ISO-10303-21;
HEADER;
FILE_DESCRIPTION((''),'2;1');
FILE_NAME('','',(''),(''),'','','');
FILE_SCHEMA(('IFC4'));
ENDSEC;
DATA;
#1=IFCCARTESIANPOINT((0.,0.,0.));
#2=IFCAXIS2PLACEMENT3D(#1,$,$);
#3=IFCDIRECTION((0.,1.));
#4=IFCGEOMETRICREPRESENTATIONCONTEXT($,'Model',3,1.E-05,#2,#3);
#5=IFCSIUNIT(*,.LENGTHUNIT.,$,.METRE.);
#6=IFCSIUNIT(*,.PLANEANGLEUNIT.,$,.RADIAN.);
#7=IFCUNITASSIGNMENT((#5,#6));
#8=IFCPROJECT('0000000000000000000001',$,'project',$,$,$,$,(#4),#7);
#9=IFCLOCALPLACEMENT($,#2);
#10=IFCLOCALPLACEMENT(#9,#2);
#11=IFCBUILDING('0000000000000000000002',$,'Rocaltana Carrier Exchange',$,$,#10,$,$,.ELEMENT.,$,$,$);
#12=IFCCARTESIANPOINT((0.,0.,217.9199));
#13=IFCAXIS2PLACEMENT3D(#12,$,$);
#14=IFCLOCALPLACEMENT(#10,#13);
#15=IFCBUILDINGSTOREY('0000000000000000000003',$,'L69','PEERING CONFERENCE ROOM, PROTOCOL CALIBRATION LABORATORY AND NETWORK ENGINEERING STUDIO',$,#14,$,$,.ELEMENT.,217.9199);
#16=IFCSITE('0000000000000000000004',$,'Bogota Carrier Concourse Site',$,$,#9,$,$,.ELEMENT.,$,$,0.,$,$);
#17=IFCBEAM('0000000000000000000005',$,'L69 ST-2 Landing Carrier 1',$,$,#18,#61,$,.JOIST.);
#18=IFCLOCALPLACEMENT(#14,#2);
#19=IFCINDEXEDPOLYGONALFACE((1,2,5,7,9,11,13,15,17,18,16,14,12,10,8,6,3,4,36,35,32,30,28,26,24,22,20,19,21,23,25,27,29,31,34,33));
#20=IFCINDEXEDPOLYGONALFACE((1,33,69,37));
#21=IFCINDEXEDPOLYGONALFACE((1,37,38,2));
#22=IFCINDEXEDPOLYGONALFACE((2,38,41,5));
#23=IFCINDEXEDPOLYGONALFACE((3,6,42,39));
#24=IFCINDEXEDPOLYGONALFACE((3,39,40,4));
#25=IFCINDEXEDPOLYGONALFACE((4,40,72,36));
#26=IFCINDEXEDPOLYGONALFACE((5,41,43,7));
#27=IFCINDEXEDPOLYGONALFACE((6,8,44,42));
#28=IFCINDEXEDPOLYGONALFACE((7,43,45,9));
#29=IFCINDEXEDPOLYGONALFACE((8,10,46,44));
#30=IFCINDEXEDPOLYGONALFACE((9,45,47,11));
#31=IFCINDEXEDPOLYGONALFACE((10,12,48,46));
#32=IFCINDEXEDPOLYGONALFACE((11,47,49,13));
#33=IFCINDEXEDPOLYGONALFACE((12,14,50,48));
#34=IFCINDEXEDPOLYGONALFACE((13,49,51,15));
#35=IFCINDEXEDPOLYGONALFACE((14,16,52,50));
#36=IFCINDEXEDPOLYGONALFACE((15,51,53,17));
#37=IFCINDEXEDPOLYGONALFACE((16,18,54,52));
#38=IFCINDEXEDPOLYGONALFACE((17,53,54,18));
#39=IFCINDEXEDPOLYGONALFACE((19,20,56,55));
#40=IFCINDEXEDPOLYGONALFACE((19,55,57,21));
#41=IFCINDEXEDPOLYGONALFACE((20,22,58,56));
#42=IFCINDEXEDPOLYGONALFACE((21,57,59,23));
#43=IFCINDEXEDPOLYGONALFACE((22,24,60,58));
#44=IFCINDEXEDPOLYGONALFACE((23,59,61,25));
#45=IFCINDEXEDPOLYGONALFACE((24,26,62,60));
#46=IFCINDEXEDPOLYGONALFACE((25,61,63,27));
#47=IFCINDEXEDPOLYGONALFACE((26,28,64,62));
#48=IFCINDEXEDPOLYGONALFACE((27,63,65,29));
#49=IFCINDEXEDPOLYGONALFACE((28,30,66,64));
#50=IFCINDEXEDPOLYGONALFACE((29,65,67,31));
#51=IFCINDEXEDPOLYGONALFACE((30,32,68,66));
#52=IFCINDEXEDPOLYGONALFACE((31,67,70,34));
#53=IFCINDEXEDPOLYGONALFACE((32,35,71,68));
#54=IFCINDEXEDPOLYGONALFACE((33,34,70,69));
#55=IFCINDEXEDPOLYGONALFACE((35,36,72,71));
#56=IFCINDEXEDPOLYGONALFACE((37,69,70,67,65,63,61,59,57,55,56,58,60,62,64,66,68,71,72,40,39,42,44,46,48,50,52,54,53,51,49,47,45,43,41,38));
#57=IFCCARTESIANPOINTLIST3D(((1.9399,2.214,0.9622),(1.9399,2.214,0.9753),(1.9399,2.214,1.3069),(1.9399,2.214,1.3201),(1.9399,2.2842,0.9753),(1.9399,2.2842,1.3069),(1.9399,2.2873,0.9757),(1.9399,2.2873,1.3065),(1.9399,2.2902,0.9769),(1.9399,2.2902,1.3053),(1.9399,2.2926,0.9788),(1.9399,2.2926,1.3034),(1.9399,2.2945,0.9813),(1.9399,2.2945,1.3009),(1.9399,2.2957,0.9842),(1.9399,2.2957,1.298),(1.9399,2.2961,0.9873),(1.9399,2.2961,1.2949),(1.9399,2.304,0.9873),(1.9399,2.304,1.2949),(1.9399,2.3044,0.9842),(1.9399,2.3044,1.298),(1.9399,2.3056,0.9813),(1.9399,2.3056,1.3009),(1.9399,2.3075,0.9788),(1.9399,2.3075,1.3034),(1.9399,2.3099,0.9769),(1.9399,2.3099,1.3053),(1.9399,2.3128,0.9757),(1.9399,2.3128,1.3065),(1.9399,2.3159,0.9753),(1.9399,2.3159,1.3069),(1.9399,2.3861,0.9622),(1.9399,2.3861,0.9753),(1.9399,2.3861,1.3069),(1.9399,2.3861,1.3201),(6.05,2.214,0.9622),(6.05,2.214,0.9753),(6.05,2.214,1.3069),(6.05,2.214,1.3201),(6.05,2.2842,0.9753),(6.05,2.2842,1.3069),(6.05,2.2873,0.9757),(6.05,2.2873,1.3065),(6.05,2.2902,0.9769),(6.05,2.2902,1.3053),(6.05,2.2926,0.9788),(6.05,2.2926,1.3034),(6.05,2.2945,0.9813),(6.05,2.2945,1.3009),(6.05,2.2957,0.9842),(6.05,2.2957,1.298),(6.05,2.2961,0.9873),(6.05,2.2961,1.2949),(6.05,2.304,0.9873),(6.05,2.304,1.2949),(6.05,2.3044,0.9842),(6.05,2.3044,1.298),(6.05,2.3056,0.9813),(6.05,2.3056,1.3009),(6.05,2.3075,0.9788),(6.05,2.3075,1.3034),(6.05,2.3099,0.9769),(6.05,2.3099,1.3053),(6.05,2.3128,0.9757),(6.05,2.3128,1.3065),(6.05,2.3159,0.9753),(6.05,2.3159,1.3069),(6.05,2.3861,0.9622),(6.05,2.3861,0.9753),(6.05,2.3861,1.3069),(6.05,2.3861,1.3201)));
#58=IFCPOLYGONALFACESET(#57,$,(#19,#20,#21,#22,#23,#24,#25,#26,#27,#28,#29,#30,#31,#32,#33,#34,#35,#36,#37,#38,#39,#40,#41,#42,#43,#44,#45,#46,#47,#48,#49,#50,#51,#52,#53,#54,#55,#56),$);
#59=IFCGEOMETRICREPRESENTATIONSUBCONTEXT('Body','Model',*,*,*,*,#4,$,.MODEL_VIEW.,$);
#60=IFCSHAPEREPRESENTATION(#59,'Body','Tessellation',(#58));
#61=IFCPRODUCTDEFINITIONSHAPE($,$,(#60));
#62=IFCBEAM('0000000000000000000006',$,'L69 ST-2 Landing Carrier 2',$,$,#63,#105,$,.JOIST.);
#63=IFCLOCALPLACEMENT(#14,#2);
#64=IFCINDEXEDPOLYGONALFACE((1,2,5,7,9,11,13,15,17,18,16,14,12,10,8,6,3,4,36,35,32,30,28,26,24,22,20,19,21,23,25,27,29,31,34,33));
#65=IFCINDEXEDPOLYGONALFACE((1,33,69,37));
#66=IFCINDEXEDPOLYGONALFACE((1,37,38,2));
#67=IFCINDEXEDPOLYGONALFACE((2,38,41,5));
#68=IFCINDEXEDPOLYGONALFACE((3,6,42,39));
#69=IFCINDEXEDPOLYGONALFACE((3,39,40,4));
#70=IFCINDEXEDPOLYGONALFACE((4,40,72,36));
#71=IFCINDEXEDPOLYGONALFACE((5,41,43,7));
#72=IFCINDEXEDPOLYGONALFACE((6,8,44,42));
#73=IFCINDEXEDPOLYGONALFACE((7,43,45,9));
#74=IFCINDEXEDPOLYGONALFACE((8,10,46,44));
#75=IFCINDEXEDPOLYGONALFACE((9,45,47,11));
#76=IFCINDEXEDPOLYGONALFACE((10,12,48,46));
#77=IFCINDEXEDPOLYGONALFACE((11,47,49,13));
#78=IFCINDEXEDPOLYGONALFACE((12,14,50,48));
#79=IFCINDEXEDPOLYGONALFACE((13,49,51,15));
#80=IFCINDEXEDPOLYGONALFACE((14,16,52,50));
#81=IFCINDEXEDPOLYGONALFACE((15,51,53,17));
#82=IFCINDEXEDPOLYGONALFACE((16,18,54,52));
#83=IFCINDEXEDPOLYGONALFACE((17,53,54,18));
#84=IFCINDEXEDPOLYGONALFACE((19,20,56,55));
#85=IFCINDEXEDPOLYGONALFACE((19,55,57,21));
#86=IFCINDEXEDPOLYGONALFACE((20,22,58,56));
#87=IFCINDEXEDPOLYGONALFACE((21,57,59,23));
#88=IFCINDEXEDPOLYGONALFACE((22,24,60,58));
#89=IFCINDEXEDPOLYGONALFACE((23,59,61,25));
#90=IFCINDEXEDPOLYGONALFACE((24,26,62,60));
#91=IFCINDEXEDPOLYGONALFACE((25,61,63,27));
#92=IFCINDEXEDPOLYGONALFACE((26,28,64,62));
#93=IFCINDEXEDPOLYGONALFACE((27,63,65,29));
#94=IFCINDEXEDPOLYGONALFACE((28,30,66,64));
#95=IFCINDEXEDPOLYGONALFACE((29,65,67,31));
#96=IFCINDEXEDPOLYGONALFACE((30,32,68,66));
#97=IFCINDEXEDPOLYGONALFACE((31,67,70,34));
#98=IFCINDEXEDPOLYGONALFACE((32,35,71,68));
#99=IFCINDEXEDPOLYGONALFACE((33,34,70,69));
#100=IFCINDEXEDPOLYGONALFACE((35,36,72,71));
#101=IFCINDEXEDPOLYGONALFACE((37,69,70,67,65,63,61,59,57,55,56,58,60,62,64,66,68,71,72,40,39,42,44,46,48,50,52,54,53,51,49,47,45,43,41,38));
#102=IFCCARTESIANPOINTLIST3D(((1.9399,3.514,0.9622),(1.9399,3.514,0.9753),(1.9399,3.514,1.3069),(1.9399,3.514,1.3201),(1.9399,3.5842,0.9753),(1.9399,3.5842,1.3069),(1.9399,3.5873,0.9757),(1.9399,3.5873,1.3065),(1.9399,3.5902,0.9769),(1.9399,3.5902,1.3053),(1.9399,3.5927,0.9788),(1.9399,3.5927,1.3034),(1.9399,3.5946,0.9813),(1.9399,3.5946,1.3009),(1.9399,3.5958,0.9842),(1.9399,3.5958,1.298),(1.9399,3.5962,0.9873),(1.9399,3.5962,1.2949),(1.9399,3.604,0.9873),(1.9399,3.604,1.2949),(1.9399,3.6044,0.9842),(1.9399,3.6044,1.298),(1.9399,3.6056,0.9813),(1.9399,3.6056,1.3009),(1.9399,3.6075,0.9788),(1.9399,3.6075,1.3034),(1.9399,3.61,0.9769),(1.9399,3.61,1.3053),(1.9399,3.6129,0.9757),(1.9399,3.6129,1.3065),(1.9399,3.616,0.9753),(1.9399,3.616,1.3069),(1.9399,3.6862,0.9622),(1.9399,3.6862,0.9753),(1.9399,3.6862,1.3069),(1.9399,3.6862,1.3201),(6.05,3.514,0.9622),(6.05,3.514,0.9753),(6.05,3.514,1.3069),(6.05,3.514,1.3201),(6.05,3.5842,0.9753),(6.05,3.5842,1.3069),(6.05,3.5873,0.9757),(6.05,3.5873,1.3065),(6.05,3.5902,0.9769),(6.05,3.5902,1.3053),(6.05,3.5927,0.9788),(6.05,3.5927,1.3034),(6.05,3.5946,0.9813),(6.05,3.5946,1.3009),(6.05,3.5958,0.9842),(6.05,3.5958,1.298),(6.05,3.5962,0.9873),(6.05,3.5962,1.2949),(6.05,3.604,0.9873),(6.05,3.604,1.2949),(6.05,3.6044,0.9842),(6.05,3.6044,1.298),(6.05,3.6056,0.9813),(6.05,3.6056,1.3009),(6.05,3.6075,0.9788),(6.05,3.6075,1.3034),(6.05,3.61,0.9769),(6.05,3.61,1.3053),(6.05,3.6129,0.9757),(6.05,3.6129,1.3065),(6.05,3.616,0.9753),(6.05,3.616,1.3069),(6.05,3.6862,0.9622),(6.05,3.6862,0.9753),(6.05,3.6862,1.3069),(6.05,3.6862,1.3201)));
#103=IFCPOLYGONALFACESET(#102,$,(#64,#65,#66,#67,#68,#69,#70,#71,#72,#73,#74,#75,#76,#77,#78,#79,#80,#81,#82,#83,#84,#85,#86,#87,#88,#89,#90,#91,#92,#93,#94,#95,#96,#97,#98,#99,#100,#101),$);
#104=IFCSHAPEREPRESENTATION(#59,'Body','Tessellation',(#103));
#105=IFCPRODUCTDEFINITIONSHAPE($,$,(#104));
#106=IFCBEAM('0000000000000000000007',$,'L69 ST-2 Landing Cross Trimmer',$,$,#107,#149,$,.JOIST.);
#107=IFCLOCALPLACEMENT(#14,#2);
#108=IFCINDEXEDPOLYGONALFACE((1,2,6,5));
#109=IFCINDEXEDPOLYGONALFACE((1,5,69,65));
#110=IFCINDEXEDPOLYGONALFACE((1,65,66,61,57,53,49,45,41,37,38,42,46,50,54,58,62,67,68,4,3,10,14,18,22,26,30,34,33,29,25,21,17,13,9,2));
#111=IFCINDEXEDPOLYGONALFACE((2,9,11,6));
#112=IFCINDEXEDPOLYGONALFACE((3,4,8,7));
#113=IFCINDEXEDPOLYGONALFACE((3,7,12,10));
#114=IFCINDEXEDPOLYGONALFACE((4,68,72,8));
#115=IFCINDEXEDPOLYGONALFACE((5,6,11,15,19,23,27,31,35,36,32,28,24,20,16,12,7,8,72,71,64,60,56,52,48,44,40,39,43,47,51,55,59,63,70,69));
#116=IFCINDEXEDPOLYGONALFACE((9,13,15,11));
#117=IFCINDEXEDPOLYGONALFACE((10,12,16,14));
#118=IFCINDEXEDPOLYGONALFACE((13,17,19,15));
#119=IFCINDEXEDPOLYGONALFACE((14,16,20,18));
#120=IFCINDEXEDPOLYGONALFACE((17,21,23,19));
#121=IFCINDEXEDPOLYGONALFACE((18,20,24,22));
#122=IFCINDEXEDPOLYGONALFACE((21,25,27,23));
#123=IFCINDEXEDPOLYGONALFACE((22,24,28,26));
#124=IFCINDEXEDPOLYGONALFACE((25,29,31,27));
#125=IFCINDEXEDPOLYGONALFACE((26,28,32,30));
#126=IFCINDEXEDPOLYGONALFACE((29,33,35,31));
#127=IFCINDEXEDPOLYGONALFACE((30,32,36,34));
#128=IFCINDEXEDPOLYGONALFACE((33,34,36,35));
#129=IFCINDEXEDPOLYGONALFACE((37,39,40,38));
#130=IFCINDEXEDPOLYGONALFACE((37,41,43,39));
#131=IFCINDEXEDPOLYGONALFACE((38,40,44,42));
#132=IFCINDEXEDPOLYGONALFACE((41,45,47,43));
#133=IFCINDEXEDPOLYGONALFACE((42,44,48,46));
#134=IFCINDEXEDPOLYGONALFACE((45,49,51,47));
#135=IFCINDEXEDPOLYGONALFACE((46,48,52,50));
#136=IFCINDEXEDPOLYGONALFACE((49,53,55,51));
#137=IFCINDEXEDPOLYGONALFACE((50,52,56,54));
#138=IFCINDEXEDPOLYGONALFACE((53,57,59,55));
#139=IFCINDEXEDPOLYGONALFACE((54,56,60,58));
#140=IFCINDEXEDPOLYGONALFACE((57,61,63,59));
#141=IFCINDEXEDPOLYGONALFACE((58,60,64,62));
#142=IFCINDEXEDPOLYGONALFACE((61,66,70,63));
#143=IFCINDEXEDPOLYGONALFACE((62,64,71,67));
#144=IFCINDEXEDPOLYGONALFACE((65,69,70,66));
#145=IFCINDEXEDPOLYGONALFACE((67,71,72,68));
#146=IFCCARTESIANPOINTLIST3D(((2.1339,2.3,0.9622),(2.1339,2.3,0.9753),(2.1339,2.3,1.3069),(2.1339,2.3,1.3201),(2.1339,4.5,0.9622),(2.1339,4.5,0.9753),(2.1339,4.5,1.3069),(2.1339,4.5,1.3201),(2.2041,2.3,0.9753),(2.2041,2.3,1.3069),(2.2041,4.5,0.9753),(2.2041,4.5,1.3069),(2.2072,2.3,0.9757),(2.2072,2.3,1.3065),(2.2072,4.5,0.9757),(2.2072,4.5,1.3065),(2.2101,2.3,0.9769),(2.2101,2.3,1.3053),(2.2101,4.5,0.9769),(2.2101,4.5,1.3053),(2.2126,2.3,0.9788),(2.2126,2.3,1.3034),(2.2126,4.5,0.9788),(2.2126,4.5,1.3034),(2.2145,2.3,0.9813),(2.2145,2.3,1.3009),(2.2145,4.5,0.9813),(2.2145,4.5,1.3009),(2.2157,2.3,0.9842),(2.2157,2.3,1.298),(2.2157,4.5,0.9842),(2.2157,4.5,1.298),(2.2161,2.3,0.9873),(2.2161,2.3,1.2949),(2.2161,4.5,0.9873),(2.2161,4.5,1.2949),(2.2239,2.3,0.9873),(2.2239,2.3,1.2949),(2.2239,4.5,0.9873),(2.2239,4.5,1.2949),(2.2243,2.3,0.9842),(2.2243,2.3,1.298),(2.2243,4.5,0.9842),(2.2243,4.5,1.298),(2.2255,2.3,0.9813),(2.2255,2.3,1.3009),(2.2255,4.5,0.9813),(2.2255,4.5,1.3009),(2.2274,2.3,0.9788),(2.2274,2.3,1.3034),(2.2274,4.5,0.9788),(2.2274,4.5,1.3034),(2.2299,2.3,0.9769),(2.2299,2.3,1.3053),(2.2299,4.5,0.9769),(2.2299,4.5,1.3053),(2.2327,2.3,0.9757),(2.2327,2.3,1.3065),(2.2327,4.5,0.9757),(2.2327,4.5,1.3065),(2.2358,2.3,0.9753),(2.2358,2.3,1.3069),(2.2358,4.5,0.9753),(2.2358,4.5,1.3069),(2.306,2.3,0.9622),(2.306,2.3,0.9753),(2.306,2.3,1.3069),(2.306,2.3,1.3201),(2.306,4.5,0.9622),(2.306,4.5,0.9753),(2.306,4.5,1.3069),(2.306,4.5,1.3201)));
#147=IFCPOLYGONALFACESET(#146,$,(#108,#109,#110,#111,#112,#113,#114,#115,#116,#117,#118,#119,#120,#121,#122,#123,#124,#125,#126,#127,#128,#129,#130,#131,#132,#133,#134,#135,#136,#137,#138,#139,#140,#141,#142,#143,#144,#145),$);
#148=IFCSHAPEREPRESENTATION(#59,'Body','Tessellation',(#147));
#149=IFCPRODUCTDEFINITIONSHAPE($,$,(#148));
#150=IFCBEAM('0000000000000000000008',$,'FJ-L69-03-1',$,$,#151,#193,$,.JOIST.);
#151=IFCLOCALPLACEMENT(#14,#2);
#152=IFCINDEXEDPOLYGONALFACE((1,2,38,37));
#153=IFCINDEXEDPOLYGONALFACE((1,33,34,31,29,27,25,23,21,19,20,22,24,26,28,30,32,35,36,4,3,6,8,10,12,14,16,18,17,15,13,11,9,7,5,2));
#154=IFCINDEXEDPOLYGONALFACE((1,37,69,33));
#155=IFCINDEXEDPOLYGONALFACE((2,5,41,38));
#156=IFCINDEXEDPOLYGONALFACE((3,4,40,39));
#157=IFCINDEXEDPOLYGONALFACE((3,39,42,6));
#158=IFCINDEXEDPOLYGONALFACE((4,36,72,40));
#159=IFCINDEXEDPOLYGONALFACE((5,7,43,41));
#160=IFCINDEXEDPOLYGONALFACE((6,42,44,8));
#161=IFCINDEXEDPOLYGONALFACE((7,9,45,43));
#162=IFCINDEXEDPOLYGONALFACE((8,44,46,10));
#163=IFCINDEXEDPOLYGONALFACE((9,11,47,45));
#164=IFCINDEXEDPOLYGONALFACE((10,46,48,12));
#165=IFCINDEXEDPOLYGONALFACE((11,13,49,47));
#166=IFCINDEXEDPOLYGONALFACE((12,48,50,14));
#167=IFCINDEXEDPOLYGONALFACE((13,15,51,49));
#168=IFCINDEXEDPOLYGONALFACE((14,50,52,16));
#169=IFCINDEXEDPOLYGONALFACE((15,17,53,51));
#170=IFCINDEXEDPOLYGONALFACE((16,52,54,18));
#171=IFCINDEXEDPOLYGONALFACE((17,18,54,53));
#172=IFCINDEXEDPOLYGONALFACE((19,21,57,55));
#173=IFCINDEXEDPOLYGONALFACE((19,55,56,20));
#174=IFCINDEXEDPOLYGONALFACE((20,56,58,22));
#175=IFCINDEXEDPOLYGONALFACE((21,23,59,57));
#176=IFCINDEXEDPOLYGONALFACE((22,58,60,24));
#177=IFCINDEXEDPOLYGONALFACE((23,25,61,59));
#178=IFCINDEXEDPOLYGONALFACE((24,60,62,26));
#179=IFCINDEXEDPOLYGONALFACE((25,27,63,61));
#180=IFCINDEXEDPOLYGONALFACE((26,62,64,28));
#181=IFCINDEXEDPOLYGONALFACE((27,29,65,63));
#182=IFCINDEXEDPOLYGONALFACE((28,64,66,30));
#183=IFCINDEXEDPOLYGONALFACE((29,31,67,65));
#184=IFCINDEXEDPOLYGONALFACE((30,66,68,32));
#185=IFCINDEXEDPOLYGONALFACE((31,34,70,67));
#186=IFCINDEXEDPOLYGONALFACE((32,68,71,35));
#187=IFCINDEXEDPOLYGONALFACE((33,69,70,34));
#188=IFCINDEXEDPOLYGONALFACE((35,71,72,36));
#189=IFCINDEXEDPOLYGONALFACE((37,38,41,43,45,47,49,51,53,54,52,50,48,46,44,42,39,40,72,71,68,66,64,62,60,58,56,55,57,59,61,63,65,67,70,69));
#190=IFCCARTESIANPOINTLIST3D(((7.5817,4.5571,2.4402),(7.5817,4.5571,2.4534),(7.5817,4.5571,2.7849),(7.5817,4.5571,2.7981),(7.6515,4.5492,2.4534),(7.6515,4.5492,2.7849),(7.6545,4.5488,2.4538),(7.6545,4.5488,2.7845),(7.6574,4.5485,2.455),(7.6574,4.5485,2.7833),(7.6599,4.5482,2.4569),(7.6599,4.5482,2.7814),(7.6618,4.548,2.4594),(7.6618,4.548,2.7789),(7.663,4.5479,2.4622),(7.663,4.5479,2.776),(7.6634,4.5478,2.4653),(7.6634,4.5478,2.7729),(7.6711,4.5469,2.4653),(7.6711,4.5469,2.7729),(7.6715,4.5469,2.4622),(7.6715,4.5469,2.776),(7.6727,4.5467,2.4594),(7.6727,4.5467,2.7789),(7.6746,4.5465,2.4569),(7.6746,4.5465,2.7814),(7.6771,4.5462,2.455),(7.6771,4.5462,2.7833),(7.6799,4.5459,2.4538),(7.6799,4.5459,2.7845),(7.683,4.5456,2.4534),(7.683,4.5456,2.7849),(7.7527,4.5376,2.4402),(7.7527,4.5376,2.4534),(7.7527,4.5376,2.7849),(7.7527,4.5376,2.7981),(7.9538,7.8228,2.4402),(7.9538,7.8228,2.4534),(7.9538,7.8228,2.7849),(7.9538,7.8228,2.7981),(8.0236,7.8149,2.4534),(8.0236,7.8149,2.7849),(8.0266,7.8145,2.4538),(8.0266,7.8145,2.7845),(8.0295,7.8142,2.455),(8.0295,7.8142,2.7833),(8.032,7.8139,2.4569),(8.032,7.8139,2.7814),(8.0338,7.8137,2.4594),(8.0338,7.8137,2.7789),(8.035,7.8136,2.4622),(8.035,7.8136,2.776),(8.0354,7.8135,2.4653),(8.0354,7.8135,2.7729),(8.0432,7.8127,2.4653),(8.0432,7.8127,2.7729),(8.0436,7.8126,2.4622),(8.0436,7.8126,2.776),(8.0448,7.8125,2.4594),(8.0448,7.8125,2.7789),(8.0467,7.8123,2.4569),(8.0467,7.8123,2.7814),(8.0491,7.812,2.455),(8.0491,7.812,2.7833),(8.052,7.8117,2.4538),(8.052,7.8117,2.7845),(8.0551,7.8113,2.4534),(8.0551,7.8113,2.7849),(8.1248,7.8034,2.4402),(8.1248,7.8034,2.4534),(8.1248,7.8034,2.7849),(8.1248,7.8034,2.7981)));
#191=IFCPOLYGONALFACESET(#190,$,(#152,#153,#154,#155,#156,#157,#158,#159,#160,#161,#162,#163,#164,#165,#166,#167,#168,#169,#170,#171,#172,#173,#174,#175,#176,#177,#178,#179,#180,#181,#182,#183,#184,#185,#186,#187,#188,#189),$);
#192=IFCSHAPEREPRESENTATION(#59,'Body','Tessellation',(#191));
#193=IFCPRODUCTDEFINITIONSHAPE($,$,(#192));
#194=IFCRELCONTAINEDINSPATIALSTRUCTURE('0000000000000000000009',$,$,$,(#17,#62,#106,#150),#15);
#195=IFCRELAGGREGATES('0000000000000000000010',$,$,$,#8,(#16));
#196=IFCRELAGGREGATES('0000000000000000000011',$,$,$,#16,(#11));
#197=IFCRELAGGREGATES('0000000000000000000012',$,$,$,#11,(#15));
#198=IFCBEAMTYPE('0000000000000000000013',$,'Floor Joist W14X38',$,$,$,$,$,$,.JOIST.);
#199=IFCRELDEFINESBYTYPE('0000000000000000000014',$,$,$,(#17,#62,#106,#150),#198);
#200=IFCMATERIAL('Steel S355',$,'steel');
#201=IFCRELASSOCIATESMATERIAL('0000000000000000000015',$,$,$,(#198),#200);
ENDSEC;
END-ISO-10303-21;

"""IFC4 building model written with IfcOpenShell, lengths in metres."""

from ifc_helpers import new_model, si_unit, direction, frame, origin, origin_2d, place, context, subcontext, project, spatial, i_section, extrude, material, material_profile, profile_set, type_object, element, save


model = new_model("IFC4")

# Units and contexts
model_context = context("Model", 3, precision=1e-05, world=origin(), true_north=direction((0.0, 1.0)))
body_context = subcontext(model_context, "Body", "Model", "MODEL_VIEW")
ifc_project = project(units=[si_unit("LENGTHUNIT", "METRE"), si_unit("PLANEANGLEUNIT", "RADIAN")], contexts=[model_context])

# Site, building, storey
site_placement = place(None, origin())
site = spatial("IfcSite", under=ifc_project, at=site_placement, Name="Bogota Carrier Concourse Site", CompositionType="ELEMENT", RefElevation=0.0)
building_placement = place(site_placement, origin())
building = spatial("IfcBuilding", under=site, at=building_placement, Name="Rocaltana Carrier Exchange", CompositionType="ELEMENT")
storey_placement = place(building_placement, frame((0.0, 0.0, 217.9199)))
storey = spatial("IfcBuildingStorey", under=building, at=storey_placement, Name="L69", Description="PEERING CONFERENCE ROOM, PROTOCOL CALIBRATION LABORATORY AND NETWORK ENGINEERING STUDIO", CompositionType="ELEMENT", Elevation=217.9199)

# Beams
ifc_material_1 = material(Name="Steel S355", Category="steel")
ifc_material_profile_1 = material_profile(ifc_material_1, i_section(OverallWidth=0.1721, OverallDepth=0.3579, WebThickness=0.0078, FlangeThickness=0.0132, FilletRadius=0.012, at=origin_2d()), Name="W14X38")
ifc_profile_set_1 = profile_set([ifc_material_profile_1], Name="Steel S355")
beam_type_1 = type_object("IfcBeamType", Name="Floor Joist W14X38", PredefinedType="JOIST", material=ifc_profile_set_1)
for number, where, z_axis, x_axis, name in (
    (1, (1.9399, 2.3, 1.1411), (1.0, 0.0, 0.0), (0.0, 1.0, 0.0), "L69 ST-2 Landing Carrier 1"),
    (2, (1.9399, 3.6001, 1.1411), (1.0, 0.0, 0.0), (0.0, 1.0, 0.0), "L69 ST-2 Landing Carrier 2"),
):
    element("IfcBeam", number, at=place(storey_placement, frame(where, z_axis=z_axis, x_axis=x_axis)), inside=storey, type_object=beam_type_1, Name=name, PredefinedType="JOIST", context=body_context, shape_type="SweptSolid", body=[
        extrude(i_section(OverallWidth=0.1721, OverallDepth=0.3579, WebThickness=0.0078, FlangeThickness=0.0132, FilletRadius=0.012, at=origin_2d()), origin(), (0.0, 0.0, 1.0), 4.1101),
    ])
beam_1_placement = place(storey_placement, frame((2.22, 2.3, 1.1411), z_axis=(0.0, 1.0, 0.0), x_axis=(-1.0, 0.0, 0.0)))
element("IfcBeam", 3, at=beam_1_placement, inside=storey, type_object=beam_type_1, Name="L69 ST-2 Landing Cross Trimmer", PredefinedType="JOIST", context=body_context, shape_type="SweptSolid", body=[
    extrude(i_section(OverallWidth=0.1721, OverallDepth=0.3579, WebThickness=0.0078, FlangeThickness=0.0132, FilletRadius=0.012, at=origin_2d()), origin(), (0.0, 0.0, 1.0), 2.2),
])
beam_2_placement = place(storey_placement, frame((7.6672, 4.5474, 2.6191), z_axis=(0.113203, 0.993572, 0.0), x_axis=(-0.993572, 0.113203, 0.0)))
element("IfcBeam", 4, at=beam_2_placement, inside=storey, type_object=beam_type_1, Name="FJ-L69-03-1", PredefinedType="JOIST", context=body_context, shape_type="SweptSolid", body=[
    extrude(i_section(OverallWidth=0.1721, OverallDepth=0.3579, WebThickness=0.0078, FlangeThickness=0.0132, FilletRadius=0.012, at=origin_2d()), origin(), (0.0, 0.0, 1.0), 3.2869),
])

save(model, "model.ifc")
